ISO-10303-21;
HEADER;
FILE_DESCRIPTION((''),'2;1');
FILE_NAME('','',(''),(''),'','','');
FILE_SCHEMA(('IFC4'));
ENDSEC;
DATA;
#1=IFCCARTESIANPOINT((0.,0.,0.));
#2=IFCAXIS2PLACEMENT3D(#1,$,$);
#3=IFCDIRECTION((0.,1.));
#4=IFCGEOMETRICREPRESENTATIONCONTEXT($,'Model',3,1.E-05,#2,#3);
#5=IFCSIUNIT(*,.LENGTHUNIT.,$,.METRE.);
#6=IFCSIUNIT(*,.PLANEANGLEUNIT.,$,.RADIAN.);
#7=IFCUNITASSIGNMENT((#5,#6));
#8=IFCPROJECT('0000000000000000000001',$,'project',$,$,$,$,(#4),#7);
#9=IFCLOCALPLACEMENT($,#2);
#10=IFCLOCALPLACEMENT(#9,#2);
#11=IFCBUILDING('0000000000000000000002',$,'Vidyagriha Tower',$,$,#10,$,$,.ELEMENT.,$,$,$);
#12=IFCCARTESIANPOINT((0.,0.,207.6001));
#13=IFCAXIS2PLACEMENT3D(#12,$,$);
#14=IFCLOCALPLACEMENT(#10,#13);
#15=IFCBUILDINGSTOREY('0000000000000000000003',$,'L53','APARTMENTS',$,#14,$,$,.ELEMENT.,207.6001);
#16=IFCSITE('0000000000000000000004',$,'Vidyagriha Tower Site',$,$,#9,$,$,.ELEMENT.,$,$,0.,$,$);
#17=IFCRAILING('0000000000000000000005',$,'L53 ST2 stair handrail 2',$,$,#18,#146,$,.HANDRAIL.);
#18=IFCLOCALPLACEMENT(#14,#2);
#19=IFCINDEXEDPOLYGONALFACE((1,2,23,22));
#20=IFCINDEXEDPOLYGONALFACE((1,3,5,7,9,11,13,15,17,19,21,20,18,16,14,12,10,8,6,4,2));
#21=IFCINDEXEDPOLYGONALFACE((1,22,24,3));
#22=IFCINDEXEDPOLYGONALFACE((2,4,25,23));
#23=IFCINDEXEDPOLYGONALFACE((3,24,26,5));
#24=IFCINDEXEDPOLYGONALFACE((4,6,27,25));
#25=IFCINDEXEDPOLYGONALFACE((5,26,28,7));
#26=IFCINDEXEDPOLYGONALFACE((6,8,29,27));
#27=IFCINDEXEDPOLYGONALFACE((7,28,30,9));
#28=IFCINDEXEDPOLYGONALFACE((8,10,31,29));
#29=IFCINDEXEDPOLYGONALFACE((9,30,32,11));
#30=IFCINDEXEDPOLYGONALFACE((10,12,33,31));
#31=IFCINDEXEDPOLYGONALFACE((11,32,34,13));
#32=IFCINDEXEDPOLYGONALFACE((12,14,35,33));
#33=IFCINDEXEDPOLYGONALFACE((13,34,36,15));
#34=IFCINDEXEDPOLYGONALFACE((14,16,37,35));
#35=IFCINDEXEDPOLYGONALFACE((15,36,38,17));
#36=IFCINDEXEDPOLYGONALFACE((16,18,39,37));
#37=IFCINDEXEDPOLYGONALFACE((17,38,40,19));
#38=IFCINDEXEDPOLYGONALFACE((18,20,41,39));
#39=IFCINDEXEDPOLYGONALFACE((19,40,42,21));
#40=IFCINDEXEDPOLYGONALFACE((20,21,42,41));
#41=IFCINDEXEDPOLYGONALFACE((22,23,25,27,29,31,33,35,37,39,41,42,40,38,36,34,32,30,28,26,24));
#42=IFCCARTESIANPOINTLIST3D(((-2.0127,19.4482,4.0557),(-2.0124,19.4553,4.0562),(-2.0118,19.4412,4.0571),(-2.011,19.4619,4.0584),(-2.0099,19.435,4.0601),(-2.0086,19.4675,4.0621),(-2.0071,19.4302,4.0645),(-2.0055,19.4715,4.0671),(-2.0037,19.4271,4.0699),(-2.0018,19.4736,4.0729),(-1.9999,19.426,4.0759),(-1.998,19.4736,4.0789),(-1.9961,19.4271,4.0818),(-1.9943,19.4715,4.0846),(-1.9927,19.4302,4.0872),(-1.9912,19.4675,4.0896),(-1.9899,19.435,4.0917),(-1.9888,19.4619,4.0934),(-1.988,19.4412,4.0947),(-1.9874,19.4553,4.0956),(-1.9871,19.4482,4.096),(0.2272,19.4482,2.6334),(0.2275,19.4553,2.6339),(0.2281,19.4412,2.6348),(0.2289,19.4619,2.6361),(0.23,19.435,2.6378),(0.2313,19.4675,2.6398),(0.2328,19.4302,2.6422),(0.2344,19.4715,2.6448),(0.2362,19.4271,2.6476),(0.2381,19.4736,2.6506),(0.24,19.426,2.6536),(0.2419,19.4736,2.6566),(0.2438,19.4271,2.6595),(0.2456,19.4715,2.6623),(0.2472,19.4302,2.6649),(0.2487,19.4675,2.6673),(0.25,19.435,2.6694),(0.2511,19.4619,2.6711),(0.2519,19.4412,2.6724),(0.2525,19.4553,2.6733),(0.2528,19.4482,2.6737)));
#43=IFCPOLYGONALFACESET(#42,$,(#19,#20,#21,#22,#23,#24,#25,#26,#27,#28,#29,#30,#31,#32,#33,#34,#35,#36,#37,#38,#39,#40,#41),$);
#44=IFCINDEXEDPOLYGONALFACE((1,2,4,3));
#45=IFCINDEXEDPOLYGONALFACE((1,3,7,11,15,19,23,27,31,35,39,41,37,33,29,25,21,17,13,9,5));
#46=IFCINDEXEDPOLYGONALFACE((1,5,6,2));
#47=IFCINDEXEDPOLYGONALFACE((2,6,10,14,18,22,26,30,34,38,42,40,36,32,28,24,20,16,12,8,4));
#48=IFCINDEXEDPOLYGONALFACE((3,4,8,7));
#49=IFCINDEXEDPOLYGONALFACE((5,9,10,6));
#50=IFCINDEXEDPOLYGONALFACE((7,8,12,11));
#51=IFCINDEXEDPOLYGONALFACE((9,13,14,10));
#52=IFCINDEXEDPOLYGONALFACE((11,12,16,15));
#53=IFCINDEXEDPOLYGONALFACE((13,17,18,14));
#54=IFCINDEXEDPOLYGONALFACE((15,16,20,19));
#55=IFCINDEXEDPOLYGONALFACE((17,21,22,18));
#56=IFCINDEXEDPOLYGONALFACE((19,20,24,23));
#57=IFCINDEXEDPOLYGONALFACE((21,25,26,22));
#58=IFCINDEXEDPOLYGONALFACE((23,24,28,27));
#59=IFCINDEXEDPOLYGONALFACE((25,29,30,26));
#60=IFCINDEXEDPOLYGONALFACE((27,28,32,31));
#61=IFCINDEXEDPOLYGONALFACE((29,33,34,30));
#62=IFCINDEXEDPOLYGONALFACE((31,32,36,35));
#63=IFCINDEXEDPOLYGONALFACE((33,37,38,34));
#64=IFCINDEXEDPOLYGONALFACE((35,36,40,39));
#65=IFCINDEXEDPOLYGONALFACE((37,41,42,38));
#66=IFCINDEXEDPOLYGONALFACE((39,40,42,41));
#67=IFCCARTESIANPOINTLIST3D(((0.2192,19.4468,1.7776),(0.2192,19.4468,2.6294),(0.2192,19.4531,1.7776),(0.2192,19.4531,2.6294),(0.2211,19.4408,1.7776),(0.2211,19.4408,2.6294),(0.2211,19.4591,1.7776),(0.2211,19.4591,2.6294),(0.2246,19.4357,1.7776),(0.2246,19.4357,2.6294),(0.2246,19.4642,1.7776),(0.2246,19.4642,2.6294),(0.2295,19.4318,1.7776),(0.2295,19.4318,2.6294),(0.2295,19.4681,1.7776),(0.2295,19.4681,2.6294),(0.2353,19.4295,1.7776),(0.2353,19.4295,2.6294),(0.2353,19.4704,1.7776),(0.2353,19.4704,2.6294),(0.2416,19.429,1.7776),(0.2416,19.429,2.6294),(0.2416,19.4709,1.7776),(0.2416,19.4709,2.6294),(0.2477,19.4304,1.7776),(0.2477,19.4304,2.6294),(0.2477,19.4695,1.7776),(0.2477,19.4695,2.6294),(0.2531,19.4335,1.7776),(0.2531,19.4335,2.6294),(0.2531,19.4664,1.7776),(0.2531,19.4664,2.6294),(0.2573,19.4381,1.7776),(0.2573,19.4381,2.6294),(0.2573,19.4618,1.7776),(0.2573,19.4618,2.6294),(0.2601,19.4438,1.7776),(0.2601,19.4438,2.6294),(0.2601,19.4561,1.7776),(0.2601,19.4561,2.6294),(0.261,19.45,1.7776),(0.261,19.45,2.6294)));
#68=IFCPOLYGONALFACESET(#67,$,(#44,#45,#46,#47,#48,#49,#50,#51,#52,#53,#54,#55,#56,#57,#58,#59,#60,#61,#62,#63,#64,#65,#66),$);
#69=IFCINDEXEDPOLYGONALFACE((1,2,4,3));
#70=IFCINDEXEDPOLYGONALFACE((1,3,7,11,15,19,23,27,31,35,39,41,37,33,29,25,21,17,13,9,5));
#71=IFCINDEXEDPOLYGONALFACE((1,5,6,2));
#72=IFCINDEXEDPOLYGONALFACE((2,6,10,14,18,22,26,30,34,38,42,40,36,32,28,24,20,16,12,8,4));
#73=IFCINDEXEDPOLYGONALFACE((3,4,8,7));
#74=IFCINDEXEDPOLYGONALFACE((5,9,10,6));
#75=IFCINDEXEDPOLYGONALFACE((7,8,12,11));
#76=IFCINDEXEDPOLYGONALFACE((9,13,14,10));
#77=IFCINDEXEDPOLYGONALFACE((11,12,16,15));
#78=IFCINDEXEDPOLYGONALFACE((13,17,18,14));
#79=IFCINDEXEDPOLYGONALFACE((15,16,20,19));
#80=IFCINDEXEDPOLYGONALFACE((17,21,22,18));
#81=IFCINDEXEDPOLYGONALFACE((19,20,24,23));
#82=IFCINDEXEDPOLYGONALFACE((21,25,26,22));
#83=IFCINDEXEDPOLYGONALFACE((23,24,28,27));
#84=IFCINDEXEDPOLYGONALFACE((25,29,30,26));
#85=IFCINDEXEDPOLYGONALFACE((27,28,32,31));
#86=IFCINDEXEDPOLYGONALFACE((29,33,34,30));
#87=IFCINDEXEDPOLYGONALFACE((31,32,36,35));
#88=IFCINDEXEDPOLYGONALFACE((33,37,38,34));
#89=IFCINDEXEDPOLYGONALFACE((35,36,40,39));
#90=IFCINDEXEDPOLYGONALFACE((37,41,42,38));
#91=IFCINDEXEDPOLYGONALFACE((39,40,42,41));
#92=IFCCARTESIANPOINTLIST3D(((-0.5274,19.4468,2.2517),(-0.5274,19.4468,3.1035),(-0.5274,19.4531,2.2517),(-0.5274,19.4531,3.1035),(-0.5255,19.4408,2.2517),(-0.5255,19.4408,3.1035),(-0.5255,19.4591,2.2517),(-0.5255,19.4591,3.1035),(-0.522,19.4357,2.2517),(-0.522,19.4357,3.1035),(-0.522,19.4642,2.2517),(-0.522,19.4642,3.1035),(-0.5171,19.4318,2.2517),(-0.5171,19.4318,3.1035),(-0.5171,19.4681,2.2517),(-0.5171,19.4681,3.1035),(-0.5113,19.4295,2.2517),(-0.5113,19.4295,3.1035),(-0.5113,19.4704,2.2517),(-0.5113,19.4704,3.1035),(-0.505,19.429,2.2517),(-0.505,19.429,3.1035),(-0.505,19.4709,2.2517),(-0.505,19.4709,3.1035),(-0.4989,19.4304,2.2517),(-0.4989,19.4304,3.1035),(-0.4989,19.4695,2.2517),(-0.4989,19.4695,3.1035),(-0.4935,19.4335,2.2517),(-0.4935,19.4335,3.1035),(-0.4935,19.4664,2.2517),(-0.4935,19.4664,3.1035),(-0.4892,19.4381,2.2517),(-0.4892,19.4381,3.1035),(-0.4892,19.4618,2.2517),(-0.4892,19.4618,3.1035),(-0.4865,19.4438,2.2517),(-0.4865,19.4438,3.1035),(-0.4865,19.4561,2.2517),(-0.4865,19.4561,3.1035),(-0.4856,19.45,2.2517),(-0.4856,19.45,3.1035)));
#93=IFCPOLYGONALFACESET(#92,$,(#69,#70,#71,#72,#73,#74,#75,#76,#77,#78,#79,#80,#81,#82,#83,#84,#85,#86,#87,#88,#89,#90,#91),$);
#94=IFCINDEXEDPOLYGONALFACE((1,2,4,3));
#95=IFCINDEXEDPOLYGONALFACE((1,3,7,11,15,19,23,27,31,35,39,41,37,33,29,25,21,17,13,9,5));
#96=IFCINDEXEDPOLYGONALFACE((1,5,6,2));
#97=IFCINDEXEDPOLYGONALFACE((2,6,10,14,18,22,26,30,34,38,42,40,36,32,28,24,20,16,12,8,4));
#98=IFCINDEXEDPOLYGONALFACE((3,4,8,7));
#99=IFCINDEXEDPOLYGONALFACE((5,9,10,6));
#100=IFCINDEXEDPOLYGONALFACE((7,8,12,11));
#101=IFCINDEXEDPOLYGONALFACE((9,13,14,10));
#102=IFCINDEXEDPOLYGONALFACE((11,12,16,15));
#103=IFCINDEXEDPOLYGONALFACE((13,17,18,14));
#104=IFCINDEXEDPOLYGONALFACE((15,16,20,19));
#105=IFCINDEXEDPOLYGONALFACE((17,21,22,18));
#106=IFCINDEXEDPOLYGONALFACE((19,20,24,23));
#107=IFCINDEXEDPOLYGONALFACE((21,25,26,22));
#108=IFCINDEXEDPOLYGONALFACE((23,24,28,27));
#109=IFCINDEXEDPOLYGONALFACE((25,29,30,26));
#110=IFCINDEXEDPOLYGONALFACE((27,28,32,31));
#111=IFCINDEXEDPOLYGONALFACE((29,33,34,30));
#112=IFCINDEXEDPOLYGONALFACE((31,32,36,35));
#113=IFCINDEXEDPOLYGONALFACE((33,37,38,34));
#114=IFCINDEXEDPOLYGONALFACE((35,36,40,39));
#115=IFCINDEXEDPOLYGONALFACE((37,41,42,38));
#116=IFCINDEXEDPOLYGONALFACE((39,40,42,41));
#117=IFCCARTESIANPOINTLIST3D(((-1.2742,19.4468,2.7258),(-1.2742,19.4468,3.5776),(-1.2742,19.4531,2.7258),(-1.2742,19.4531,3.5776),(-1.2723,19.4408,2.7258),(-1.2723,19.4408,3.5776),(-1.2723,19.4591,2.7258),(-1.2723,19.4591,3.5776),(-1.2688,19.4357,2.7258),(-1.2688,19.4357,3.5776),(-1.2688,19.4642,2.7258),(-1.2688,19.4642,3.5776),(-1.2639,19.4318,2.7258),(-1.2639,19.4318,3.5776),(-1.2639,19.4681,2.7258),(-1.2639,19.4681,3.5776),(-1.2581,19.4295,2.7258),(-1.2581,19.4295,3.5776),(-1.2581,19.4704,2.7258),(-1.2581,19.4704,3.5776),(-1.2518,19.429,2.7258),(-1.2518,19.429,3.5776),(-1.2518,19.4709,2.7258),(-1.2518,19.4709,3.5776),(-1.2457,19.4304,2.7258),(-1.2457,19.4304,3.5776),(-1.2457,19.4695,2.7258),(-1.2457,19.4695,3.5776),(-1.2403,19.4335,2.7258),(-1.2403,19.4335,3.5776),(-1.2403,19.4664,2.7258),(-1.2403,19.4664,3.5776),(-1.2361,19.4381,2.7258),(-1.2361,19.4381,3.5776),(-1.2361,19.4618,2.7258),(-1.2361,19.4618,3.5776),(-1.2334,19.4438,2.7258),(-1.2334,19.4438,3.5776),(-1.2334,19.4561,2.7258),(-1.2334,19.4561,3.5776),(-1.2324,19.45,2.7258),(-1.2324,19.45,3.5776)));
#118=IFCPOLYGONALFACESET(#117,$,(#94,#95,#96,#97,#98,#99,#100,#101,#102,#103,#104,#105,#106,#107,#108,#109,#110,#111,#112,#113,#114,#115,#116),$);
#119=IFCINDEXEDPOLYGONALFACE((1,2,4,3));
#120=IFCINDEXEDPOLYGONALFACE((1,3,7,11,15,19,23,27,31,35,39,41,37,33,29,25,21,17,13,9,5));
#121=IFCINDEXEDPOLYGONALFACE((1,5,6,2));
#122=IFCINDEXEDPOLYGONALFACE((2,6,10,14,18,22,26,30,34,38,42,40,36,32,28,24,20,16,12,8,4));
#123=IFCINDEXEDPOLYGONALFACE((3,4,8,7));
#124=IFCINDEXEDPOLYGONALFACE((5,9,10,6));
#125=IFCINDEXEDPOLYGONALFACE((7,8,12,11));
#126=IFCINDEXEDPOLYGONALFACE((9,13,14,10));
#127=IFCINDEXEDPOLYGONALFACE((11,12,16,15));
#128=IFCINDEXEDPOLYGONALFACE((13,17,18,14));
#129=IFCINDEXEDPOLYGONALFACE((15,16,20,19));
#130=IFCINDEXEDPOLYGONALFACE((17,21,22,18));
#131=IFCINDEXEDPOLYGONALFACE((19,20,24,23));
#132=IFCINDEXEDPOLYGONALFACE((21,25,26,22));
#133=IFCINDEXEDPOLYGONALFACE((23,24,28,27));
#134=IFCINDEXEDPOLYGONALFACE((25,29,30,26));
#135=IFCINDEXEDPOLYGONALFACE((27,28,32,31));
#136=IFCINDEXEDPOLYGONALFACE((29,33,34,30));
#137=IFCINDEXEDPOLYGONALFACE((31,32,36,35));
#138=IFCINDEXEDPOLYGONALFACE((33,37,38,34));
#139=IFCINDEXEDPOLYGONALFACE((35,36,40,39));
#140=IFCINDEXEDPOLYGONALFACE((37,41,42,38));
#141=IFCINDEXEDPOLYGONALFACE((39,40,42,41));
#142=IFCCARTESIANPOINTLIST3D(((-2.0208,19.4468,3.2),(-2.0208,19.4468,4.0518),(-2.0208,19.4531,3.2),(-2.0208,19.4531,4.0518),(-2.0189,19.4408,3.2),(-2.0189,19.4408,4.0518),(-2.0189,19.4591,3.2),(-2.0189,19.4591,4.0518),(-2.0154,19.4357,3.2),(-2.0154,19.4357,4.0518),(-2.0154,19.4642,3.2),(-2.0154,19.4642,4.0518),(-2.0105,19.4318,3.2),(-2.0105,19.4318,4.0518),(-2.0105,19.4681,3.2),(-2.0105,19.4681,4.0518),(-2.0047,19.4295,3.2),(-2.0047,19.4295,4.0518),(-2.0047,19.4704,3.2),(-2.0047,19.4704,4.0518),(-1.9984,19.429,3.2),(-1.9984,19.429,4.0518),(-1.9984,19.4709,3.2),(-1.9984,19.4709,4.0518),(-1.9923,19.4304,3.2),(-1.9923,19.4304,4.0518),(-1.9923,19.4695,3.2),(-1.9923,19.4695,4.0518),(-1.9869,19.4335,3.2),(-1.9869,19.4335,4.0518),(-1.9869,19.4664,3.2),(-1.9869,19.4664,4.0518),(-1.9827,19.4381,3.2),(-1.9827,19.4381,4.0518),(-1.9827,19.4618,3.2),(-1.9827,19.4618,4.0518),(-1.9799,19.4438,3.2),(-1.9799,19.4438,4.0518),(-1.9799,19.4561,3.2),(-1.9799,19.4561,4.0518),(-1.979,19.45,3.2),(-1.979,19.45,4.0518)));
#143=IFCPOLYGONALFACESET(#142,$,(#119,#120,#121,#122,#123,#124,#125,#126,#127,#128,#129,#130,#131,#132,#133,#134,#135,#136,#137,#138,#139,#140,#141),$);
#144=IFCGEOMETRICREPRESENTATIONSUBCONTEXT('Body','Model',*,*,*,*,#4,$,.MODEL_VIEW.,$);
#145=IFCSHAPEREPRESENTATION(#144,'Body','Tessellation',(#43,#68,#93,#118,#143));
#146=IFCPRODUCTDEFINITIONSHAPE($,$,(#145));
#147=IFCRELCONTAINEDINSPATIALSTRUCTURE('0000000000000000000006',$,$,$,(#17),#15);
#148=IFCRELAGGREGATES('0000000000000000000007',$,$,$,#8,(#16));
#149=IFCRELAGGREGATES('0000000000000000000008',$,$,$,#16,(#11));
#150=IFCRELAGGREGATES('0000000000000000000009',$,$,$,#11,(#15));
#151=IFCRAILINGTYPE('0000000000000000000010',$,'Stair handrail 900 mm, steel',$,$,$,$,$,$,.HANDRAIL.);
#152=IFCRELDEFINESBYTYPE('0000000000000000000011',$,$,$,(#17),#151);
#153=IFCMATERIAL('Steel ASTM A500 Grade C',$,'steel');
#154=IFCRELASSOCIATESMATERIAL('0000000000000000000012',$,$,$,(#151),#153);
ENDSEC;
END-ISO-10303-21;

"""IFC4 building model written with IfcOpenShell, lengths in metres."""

from ifc_helpers import new_model, si_unit, direction, frame, origin, origin_2d, place, context, subcontext, project, spatial, circle, extrude, material, type_object, element, save


model = new_model("IFC4")

# Units and contexts
model_context = context("Model", 3, precision=1e-05, world=origin(), true_north=direction((0.0, 1.0)))
body_context = subcontext(model_context, "Body", "Model", "MODEL_VIEW")
ifc_project = project(units=[si_unit("LENGTHUNIT", "METRE"), si_unit("PLANEANGLEUNIT", "RADIAN")], contexts=[model_context])

# Site, building, storey
site_placement = place(None, origin())
site = spatial("IfcSite", under=ifc_project, at=site_placement, Name="Vidyagriha Tower Site", CompositionType="ELEMENT", RefElevation=0.0)
building_placement = place(site_placement, origin())
building = spatial("IfcBuilding", under=site, at=building_placement, Name="Vidyagriha Tower", CompositionType="ELEMENT")
storey_placement = place(building_placement, frame((0.0, 0.0, 207.6001)))
storey = spatial("IfcBuildingStorey", under=building, at=storey_placement, Name="L53", Description="APARTMENTS", CompositionType="ELEMENT", Elevation=207.6001)

# Railing
ifc_material_1 = material(Name="Steel ASTM A500 Grade C", Category="steel")
railing_type_1 = type_object("IfcRailingType", Name="Stair handrail 900 mm, steel", PredefinedType="HANDRAIL", material=ifc_material_1)
railing_1_placement = place(storey_placement, frame((0.24, 19.45, 1.7776)))
element("IfcRailing", 1, at=railing_1_placement, inside=storey, type_object=railing_type_1, Name="L53 ST2 stair handrail 2", PredefinedType="HANDRAIL", context=body_context, shape_type="SweptSolid", body=[
    extrude(circle(Radius=0.0239, at=origin_2d()), frame((0.0, 0.0, 0.876), z_axis=(-0.844188, 0.0, 0.536048), x_axis=(0.0, -1.0, 0.0)), (0.0, 0.0, 1.0), 2.6533),
    extrude(circle(Radius=0.021, at=origin_2d()), origin(), (0.0, 0.0, 1.0), 0.8518),
    extrude(circle(Radius=0.021, at=origin_2d()), frame((-0.7466, 0.0, 0.4741)), (0.0, 0.0, 1.0), 0.8518),
    extrude(circle(Radius=0.021, at=origin_2d()), frame((-1.4934, 0.0, 0.9482)), (0.0, 0.0, 1.0), 0.8518),
    extrude(circle(Radius=0.021, at=origin_2d()), frame((-2.24, 0.0, 1.4224)), (0.0, 0.0, 1.0), 0.8518),
])

save(model, "model.ifc")
